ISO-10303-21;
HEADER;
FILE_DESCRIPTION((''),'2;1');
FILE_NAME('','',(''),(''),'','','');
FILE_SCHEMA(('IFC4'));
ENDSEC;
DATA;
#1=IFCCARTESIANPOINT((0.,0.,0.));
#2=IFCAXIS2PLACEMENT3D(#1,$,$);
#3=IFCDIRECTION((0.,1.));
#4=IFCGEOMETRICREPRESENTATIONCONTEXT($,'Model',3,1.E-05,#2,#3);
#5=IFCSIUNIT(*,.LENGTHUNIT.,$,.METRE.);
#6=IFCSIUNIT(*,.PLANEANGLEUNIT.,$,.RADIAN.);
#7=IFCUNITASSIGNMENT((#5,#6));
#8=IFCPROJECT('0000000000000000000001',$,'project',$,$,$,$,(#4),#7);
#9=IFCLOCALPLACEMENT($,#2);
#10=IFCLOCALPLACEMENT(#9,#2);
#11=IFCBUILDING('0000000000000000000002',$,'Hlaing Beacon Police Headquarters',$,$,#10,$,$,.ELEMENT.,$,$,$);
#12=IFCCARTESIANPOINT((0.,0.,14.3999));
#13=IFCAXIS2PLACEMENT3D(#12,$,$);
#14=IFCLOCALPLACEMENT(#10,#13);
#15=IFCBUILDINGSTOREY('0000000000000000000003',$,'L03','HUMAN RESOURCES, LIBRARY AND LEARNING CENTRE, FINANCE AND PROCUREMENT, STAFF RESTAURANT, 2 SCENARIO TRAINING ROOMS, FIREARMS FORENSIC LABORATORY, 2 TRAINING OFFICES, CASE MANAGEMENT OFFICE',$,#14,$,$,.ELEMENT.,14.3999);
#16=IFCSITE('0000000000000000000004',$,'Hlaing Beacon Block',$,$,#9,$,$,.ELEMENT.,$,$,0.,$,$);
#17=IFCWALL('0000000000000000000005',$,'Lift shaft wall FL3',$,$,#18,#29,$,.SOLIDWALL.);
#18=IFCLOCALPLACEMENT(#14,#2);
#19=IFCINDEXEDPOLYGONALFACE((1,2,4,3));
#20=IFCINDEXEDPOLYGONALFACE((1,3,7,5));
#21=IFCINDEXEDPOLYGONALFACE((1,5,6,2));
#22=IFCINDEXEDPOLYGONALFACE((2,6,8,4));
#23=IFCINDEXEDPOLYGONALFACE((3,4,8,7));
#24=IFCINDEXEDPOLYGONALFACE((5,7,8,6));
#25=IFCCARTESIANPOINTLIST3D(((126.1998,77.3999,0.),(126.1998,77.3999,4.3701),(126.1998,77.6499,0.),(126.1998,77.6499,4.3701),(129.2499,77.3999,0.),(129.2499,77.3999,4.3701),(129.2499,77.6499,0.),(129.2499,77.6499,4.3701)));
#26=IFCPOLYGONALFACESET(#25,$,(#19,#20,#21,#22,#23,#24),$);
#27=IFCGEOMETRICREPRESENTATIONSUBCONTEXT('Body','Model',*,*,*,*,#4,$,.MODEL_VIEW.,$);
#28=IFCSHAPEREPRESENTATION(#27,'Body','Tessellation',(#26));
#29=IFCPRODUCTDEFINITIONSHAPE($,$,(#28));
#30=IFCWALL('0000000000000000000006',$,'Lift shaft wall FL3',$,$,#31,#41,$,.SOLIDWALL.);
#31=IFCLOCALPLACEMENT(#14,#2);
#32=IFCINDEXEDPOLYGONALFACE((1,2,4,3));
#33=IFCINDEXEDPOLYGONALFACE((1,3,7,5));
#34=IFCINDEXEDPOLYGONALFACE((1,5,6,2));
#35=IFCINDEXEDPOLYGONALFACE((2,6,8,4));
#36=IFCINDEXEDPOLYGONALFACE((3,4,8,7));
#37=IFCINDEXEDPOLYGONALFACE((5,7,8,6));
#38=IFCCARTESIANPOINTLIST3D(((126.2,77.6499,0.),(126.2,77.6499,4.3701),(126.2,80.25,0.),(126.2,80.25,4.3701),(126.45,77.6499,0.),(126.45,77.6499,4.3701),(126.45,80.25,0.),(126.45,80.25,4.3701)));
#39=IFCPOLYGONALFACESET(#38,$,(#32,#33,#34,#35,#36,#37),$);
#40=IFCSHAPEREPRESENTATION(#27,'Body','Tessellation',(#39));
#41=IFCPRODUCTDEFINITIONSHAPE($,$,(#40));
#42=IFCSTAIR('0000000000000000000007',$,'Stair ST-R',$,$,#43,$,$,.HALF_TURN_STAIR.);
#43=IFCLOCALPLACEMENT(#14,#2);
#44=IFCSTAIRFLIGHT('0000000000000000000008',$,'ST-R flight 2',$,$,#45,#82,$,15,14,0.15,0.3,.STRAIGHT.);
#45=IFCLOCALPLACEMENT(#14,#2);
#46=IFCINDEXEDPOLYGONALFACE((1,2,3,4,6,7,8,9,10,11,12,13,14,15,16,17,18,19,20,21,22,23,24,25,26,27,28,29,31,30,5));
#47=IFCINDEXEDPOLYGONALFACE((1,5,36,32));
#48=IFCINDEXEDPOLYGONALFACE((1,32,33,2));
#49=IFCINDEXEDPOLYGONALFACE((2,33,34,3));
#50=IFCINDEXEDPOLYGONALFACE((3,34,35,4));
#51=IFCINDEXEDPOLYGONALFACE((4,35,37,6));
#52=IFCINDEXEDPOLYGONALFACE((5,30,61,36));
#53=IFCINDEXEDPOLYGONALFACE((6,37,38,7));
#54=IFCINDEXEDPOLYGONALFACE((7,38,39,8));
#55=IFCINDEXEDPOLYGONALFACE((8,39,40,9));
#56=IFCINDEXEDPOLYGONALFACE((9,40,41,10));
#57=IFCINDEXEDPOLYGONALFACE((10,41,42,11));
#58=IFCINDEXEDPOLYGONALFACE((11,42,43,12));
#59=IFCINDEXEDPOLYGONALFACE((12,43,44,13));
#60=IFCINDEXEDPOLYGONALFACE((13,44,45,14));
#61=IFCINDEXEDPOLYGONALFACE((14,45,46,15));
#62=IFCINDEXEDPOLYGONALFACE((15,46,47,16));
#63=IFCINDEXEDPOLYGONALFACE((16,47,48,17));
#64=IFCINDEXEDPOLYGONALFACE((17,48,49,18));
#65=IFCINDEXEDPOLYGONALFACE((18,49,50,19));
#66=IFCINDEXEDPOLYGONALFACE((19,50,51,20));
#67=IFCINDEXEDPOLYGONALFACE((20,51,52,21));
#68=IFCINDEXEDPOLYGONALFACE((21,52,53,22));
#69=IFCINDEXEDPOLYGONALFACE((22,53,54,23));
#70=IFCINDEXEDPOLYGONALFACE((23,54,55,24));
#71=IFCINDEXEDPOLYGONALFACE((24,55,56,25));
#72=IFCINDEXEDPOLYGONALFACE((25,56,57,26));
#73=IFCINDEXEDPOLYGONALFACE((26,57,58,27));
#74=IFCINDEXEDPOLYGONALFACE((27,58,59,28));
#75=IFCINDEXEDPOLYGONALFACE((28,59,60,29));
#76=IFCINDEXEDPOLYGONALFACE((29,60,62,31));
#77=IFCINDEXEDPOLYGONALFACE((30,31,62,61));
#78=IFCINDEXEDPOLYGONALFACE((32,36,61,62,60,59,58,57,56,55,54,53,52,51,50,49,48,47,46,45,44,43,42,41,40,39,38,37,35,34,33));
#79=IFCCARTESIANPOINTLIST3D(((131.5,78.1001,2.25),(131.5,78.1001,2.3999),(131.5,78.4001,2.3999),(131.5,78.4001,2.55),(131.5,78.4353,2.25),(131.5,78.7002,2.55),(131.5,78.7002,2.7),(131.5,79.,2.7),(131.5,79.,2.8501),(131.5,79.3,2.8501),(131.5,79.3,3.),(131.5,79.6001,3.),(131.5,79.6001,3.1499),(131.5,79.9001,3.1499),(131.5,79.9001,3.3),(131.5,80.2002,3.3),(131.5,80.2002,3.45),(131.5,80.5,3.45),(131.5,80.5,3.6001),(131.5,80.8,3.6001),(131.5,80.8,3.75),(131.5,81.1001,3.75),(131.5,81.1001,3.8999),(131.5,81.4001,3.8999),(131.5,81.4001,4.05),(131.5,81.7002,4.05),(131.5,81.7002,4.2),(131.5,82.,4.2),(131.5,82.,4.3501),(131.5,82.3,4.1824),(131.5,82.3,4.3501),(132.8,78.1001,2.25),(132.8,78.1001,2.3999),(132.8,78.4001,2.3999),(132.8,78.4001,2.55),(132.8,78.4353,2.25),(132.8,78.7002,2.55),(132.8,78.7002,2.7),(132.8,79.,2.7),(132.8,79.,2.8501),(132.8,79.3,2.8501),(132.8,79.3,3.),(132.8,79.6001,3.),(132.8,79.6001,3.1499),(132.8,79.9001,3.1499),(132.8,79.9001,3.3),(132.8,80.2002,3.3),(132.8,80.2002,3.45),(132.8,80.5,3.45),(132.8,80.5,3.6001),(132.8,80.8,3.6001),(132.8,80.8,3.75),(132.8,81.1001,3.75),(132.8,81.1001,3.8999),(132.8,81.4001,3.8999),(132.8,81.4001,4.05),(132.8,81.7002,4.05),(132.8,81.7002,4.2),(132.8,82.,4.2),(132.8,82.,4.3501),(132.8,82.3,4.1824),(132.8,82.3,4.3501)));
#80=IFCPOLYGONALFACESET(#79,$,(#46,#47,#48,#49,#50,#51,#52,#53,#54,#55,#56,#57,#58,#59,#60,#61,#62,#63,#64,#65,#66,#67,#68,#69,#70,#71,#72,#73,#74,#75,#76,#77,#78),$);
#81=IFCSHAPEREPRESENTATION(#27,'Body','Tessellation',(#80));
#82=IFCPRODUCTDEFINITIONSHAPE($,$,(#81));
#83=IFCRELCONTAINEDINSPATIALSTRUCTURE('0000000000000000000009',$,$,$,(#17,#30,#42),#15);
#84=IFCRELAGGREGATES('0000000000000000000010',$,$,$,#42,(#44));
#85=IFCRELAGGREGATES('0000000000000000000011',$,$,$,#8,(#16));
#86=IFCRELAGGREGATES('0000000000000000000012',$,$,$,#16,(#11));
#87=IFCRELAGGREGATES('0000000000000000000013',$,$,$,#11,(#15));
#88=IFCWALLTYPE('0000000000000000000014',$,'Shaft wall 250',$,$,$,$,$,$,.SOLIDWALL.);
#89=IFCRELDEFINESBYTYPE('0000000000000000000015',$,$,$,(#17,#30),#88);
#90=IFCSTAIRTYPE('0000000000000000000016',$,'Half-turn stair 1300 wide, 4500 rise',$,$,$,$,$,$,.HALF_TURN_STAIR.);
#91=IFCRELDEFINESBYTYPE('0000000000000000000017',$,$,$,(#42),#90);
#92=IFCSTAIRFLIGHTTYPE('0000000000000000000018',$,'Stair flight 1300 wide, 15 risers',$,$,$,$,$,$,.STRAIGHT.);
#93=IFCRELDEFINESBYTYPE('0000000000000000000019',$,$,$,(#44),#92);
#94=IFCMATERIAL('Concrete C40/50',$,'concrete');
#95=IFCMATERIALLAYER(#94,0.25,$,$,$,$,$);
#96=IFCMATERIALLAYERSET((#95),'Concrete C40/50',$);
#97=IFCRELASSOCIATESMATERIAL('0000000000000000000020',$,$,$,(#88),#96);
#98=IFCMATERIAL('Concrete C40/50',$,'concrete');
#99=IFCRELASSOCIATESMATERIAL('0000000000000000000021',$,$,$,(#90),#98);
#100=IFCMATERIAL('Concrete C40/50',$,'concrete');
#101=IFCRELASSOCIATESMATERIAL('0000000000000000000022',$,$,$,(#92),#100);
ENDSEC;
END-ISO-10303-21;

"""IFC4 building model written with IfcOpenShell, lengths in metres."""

from ifc_helpers import new_model, si_unit, direction, frame, frame_2d, origin, place, context, subcontext, project, spatial, polyline, rectangle, outline, extrude, material, layer, layer_set, type_object, element, aggregate, save


model = new_model("IFC4")

# Units and contexts
model_context = context("Model", 3, precision=1e-05, world=origin(), true_north=direction((0.0, 1.0)))
body_context = subcontext(model_context, "Body", "Model", "MODEL_VIEW")
ifc_project = project(units=[si_unit("LENGTHUNIT", "METRE"), si_unit("PLANEANGLEUNIT", "RADIAN")], contexts=[model_context])

# Site, building, storey
site_placement = place(None, origin())
site = spatial("IfcSite", under=ifc_project, at=site_placement, Name="Hlaing Beacon Block", CompositionType="ELEMENT", RefElevation=0.0)
building_placement = place(site_placement, origin())
building = spatial("IfcBuilding", under=site, at=building_placement, Name="Hlaing Beacon Police Headquarters", CompositionType="ELEMENT")
storey_placement = place(building_placement, frame((0.0, 0.0, 14.3999)))
storey = spatial("IfcBuildingStorey", under=building, at=storey_placement, Name="L03", Description="HUMAN RESOURCES, LIBRARY AND LEARNING CENTRE, FINANCE AND PROCUREMENT, STAFF RESTAURANT, 2 SCENARIO TRAINING ROOMS, FIREARMS FORENSIC LABORATORY, 2 TRAINING OFFICES, CASE MANAGEMENT OFFICE", CompositionType="ELEMENT", Elevation=14.3999)

# Shared definitions
ifc_material_1 = material(Name="Concrete C40/50", Category="concrete")
ifc_layer_1 = layer(ifc_material_1, 0.25)
ifc_layer_set_1 = layer_set([ifc_layer_1], Name="Concrete C40/50")
wall_type_1 = type_object("IfcWallType", Name="Shaft wall 250", PredefinedType="SOLIDWALL", material=ifc_layer_set_1)

# Walls
wall_1_placement = place(storey_placement, frame((126.2, 77.5249, 0.0), z_axis=(0.0, 0.0, 1.0), x_axis=(1.0, 0.0, 0.0)))
element("IfcWall", 1, at=wall_1_placement, inside=storey, type_object=wall_type_1, Name="Lift shaft wall FL3", PredefinedType="SOLIDWALL", context=body_context, shape_type="SweptSolid", body=[
    extrude(rectangle(XDim=3.05, YDim=0.25, at=frame_2d((1.5249, 0.0))), origin(), (0.0, 0.0, 1.0), 4.3701),
])
wall_2_placement = place(storey_placement, frame((126.325, 77.6499, 0.0), z_axis=(0.0, 0.0, 1.0), x_axis=(0.0, 1.0, 0.0)))
element("IfcWall", 2, at=wall_2_placement, inside=storey, type_object=wall_type_1, Name="Lift shaft wall FL3", PredefinedType="SOLIDWALL", context=body_context, shape_type="SweptSolid", body=[
    extrude(rectangle(XDim=2.6001, YDim=0.25, at=frame_2d((1.3, 0.0))), origin(), (0.0, 0.0, 1.0), 4.3701),
])

# Stair, stair flight
ifc_material_2 = material(Name="Concrete C40/50", Category="concrete")
stair_type = type_object("IfcStairType", Name="Half-turn stair 1300 wide, 4500 rise", PredefinedType="HALF_TURN_STAIR", material=ifc_material_2)
stair_placement = place(storey_placement, origin())
stair = element("IfcStair", 3, at=stair_placement, inside=storey, type_object=stair_type, Name="Stair ST-R", PredefinedType="HALF_TURN_STAIR")
ifc_material_3 = material(Name="Concrete C40/50", Category="concrete")
stair_flight_type = type_object("IfcStairFlightType", Name="Stair flight 1300 wide, 15 risers", PredefinedType="STRAIGHT", material=ifc_material_3)
stair_flight_placement = place(storey_placement, frame((132.1499, 78.1001, 2.25), z_axis=(0.0, 0.0, 1.0), x_axis=(0.0, 1.0, 0.0)))
stair_flight = element("IfcStairFlight", 4, at=stair_flight_placement, type_object=stair_flight_type, Name="ST-R flight 2", NumberOfRisers=15, NumberOfTreads=14, PredefinedType="STRAIGHT", RiserHeight=0.15, TreadLength=0.3, context=body_context, shape_type="SweptSolid", body=[
    extrude(outline(polyline([(0.0, 0.0), (0.0, 0.1499), (0.3, 0.1499), (0.3, 0.3), (0.6001, 0.3), (0.6001, 0.45), (0.8999, 0.45), (0.8999, 0.6001), (1.2, 0.6001), (1.2, 0.75), (1.5, 0.75), (1.5, 0.8999), (1.8, 0.8999), (1.8, 1.05), (2.1001, 1.05), (2.1001, 1.2), (2.3999, 1.2), (2.3999, 1.3501), (2.7, 1.3501), (2.7, 1.5), (3.0, 1.5), (3.0, 1.6499), (3.3, 1.6499), (3.3, 1.8), (3.6001, 1.8), (3.6001, 1.95), (3.8999, 1.95), (3.8999, 2.1001), (4.2, 2.1001), (4.2, 2.25), (4.2, 1.9324), (0.3352, 0.0), (0.0, 0.0)])), frame((0.0, 0.6499, 0.0), z_axis=(0.0, -1.0, 0.0), x_axis=(1.0, 0.0, 0.0)), (0.0, 0.0, 1.0), 1.3),
])
aggregate(stair, [stair_flight])

save(model, "model.ifc")
